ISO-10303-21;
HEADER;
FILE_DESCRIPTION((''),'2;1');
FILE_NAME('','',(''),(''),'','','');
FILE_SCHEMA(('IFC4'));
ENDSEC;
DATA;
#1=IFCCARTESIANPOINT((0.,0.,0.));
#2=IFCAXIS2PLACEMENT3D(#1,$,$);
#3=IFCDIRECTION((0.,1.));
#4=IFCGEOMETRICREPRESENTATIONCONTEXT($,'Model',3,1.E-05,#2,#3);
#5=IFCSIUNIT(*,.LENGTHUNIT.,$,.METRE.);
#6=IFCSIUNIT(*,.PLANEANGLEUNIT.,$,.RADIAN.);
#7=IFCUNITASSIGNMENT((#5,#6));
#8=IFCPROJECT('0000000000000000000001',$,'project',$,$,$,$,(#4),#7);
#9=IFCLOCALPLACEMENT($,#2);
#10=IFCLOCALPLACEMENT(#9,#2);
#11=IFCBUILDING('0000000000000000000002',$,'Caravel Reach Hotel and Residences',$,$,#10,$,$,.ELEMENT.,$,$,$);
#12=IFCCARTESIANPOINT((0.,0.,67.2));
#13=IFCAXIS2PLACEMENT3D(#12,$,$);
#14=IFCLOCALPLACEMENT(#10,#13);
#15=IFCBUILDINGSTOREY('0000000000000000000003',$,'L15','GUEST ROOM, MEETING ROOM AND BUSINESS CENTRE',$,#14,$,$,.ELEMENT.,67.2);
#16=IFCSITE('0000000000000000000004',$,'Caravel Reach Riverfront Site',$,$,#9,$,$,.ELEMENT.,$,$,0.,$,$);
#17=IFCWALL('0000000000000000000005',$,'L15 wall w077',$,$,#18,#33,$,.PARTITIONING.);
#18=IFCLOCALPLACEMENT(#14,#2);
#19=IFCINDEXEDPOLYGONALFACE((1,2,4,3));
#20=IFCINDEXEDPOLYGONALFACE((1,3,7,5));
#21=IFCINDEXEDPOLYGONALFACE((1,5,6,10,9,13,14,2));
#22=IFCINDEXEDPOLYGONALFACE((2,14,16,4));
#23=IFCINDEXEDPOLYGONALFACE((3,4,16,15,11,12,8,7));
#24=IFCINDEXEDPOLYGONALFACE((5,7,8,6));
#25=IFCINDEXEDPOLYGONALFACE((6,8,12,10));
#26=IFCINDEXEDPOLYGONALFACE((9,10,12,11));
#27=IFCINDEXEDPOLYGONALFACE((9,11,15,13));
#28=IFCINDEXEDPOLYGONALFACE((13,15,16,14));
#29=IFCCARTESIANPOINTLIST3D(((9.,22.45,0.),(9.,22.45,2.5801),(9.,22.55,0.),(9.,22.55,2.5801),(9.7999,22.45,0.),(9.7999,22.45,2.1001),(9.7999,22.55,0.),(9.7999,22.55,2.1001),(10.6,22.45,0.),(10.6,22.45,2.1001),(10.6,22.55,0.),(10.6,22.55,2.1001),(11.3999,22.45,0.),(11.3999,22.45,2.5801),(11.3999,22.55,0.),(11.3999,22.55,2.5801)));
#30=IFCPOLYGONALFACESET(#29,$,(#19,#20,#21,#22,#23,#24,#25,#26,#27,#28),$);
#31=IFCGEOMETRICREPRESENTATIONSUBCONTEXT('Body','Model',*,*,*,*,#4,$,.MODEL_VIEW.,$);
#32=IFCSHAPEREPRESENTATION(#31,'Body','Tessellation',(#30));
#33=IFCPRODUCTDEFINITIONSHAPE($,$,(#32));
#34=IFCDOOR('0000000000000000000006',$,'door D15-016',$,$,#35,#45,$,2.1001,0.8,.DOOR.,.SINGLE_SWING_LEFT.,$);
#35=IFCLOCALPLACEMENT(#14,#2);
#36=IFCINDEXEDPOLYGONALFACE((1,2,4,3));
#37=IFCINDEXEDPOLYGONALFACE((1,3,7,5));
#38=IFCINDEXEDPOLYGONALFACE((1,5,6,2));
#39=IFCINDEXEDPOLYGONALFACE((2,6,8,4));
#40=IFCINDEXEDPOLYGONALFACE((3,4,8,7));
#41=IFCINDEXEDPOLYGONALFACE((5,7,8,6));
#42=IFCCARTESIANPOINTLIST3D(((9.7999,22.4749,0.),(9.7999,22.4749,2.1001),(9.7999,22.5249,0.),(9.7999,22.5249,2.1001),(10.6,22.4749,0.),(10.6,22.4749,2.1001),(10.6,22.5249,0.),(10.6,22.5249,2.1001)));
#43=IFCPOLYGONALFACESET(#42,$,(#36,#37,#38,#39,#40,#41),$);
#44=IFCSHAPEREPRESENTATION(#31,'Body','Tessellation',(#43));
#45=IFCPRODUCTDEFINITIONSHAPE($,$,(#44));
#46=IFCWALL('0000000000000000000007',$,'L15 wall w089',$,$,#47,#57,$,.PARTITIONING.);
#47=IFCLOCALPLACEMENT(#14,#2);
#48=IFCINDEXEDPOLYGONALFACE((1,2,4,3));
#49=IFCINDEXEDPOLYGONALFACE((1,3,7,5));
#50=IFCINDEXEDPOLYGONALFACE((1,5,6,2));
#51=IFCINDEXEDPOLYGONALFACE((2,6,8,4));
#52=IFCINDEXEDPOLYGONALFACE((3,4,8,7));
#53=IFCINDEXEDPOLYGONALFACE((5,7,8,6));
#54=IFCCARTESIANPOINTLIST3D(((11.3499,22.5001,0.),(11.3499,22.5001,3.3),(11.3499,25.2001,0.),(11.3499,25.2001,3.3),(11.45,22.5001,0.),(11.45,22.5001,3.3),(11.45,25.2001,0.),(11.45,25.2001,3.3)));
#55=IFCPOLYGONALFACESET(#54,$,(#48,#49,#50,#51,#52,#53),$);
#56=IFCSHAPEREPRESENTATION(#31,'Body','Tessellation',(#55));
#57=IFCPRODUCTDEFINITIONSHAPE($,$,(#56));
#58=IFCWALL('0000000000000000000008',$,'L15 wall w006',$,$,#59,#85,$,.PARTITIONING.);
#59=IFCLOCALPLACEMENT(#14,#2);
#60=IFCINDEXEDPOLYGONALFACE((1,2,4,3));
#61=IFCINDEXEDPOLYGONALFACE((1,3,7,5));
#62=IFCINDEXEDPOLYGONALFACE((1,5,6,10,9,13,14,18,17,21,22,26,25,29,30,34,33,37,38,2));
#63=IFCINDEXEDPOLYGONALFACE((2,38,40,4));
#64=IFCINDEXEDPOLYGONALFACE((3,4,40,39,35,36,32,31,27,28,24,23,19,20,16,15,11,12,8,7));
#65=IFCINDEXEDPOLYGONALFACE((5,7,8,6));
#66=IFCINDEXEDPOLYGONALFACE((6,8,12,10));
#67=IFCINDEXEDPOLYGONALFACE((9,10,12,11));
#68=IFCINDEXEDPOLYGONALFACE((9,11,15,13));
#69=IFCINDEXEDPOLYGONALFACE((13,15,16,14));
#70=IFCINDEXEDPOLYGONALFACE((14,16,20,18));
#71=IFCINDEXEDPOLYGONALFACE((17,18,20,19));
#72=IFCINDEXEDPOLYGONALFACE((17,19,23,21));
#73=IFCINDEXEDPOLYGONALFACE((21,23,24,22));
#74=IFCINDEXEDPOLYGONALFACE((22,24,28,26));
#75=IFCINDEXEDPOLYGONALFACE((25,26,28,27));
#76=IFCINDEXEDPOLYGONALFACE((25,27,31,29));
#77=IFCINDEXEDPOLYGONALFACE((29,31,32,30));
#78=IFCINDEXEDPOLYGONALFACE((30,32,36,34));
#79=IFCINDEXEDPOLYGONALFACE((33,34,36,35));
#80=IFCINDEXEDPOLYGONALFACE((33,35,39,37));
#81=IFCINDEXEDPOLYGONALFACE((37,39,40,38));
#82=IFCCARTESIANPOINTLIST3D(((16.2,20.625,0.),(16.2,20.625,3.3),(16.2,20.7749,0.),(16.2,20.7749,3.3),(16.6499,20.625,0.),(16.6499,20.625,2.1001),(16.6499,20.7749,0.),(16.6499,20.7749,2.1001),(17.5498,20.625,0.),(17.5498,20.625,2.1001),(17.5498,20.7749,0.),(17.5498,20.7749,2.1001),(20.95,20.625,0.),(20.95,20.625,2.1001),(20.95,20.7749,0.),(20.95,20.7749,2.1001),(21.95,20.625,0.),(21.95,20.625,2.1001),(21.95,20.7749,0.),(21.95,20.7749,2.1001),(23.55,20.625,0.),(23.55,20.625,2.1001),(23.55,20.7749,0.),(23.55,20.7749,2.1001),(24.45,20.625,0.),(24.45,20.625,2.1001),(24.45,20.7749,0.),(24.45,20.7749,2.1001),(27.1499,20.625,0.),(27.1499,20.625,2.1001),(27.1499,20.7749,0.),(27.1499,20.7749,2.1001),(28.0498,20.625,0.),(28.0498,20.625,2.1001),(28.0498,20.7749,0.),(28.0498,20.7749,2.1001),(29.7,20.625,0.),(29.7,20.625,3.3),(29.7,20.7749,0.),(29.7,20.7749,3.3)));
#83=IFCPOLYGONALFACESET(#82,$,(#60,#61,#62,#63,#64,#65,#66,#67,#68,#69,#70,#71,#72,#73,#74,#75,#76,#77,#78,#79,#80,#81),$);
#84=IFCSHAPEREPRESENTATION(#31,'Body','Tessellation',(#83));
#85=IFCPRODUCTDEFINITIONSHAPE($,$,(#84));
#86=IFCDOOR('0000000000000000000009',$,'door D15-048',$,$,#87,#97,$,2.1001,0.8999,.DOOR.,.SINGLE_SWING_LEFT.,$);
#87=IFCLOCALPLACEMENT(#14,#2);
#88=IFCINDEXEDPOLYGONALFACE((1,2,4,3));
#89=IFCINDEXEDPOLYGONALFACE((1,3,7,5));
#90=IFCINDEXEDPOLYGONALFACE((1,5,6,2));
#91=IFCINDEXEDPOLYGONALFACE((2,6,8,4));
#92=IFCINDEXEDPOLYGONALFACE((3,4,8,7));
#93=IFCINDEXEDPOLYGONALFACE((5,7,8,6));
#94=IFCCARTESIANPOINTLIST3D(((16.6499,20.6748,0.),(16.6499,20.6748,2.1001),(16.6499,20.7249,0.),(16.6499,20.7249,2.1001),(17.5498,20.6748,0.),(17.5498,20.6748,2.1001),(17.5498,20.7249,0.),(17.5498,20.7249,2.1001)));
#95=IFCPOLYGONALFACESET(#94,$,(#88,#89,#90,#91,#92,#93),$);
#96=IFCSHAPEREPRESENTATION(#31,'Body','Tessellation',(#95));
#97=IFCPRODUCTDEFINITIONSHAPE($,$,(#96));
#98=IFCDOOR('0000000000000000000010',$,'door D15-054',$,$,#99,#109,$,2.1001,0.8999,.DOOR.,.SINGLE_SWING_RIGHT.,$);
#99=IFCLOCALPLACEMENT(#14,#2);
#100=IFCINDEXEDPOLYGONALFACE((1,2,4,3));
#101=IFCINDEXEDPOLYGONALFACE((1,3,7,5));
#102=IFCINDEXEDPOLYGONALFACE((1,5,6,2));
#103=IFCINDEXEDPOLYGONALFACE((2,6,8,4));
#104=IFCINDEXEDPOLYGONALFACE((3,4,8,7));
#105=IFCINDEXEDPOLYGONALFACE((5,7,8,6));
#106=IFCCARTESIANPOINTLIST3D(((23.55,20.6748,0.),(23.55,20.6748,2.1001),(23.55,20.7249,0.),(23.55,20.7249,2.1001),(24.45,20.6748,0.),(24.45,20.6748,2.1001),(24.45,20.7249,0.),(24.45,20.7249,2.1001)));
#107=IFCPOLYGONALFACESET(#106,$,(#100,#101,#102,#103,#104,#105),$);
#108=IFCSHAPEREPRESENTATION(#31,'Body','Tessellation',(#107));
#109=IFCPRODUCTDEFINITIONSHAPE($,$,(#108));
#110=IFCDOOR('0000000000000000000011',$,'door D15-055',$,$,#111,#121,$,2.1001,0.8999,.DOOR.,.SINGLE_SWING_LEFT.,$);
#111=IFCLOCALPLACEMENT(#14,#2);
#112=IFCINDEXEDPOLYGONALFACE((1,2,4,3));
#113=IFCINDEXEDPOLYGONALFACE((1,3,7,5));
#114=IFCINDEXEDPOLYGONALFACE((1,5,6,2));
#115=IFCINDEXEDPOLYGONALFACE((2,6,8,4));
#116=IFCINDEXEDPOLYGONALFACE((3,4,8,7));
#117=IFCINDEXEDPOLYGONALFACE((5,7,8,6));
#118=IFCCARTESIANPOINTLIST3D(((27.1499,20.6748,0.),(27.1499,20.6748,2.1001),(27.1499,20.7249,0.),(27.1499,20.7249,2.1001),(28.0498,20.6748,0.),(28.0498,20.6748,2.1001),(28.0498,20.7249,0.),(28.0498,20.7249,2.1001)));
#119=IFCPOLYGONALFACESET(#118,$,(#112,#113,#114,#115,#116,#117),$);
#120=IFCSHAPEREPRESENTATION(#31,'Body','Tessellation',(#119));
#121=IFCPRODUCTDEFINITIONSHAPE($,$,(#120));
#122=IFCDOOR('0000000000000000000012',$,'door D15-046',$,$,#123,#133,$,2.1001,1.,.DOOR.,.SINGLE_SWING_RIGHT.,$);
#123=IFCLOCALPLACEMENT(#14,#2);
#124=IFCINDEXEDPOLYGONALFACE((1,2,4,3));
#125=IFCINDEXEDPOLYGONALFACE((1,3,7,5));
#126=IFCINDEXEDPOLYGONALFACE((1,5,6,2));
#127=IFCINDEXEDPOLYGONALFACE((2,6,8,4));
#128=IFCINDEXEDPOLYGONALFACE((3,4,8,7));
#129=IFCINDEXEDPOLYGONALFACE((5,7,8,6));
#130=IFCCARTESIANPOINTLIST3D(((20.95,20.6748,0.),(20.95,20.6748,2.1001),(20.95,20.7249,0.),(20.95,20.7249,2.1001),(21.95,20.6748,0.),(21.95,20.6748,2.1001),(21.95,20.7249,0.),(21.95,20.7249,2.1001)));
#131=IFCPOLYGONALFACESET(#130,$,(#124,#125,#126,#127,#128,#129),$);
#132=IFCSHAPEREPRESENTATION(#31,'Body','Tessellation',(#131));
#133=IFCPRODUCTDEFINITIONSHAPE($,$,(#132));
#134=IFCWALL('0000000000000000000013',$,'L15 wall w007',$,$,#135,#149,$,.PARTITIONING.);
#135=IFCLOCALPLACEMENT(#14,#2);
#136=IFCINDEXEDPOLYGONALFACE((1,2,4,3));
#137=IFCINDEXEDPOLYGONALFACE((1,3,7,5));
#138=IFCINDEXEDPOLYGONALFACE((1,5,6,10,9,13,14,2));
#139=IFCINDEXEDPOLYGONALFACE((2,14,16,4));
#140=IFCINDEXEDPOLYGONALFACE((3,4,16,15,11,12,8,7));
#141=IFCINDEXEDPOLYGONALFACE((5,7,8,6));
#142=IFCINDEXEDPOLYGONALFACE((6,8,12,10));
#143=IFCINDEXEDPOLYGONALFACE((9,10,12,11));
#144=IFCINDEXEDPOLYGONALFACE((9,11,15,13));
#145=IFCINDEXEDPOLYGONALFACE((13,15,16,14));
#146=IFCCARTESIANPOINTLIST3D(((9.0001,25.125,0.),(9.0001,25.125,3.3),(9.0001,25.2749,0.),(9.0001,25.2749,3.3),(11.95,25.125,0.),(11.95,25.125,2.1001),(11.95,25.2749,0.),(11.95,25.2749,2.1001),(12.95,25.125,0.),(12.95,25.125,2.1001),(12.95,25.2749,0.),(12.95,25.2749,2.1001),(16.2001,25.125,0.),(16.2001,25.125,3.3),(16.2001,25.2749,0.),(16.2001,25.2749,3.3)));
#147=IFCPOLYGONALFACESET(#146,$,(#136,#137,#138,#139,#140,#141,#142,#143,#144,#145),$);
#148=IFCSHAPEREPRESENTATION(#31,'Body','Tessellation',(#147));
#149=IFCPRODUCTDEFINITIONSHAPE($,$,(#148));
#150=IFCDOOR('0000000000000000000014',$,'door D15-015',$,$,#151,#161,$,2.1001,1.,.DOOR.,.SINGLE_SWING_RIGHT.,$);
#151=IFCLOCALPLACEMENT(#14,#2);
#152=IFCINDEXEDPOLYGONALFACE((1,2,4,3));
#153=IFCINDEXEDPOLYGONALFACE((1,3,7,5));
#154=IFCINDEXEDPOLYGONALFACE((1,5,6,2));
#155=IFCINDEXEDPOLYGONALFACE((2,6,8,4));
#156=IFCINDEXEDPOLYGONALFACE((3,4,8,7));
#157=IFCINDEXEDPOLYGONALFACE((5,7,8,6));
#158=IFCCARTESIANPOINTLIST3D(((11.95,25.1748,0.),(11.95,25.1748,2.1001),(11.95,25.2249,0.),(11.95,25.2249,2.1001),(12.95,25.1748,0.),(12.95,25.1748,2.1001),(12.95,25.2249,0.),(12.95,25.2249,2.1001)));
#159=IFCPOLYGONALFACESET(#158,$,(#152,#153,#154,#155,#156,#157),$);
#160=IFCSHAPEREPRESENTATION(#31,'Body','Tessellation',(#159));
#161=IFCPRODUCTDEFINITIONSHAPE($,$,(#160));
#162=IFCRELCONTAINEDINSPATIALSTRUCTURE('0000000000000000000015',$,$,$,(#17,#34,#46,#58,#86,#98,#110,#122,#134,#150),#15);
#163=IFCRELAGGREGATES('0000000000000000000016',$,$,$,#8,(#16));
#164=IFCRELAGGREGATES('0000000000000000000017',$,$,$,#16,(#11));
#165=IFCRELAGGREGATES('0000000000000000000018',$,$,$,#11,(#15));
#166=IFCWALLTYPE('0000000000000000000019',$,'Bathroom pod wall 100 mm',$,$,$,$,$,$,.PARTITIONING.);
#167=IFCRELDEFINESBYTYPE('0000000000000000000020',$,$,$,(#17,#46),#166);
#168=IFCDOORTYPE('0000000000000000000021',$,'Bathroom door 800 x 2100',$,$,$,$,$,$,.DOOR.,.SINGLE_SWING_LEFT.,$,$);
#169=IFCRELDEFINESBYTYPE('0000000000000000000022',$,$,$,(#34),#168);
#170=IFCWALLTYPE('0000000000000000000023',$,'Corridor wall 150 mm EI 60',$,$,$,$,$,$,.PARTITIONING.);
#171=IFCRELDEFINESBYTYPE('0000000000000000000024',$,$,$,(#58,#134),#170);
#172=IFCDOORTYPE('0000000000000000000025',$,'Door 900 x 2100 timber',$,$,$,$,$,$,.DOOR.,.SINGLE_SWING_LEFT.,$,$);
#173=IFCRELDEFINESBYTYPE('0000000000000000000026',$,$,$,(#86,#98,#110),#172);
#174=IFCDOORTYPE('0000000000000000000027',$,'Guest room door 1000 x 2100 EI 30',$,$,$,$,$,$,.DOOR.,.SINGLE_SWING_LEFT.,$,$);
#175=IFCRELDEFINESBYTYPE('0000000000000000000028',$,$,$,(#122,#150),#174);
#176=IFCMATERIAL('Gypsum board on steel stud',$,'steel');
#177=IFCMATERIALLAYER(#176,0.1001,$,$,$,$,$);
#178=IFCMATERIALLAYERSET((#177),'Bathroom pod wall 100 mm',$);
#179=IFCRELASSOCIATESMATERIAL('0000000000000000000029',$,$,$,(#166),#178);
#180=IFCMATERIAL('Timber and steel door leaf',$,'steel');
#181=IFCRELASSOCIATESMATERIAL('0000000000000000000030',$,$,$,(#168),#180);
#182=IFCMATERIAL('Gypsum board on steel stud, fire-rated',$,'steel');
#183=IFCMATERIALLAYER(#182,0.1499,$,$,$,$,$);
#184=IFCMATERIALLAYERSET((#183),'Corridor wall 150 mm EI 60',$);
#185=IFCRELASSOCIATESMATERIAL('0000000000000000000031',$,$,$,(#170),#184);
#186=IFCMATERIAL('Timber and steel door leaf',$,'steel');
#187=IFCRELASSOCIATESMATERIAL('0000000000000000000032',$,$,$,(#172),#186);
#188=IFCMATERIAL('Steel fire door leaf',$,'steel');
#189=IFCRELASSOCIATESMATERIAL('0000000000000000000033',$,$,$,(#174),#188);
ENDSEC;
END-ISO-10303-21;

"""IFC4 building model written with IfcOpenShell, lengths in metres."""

from ifc_helpers import new_model, si_unit, direction, frame, frame_2d, origin, place, context, subcontext, project, spatial, rectangle, extrude, material, layer, layer_set, type_object, element, fill, save


model = new_model("IFC4")

# Units and contexts
model_context = context("Model", 3, precision=1e-05, world=origin(), true_north=direction((0.0, 1.0)))
body_context = subcontext(model_context, "Body", "Model", "MODEL_VIEW")
ifc_project = project(units=[si_unit("LENGTHUNIT", "METRE"), si_unit("PLANEANGLEUNIT", "RADIAN")], contexts=[model_context])

# Site, building, storey
site_placement = place(None, origin())
site = spatial("IfcSite", under=ifc_project, at=site_placement, Name="Caravel Reach Riverfront Site", CompositionType="ELEMENT", RefElevation=0.0)
building_placement = place(site_placement, origin())
building = spatial("IfcBuilding", under=site, at=building_placement, Name="Caravel Reach Hotel and Residences", CompositionType="ELEMENT")
storey_placement = place(building_placement, frame((0.0, 0.0, 67.2)))
storey = spatial("IfcBuildingStorey", under=building, at=storey_placement, Name="L15", Description="GUEST ROOM, MEETING ROOM AND BUSINESS CENTRE", CompositionType="ELEMENT", Elevation=67.2)

# Wall, opening, door
ifc_material_1 = material(Name="Gypsum board on steel stud", Category="steel")
ifc_layer_1 = layer(ifc_material_1, 0.1001)
ifc_layer_set_1 = layer_set([ifc_layer_1], Name="Bathroom pod wall 100 mm")
wall_type_1 = type_object("IfcWallType", Name="Bathroom pod wall 100 mm", PredefinedType="PARTITIONING", material=ifc_layer_set_1)
wall_1_placement = place(storey_placement, frame((9.0, 22.5, 0.0), z_axis=(0.0, 0.0, 1.0), x_axis=(1.0, 0.0, 0.0)))
wall_1 = element("IfcWall", 1, at=wall_1_placement, inside=storey, type_object=wall_type_1, Name="L15 wall w077", PredefinedType="PARTITIONING", context=body_context, shape_type="SweptSolid", body=[
    extrude(rectangle(XDim=2.3999, YDim=0.1001, at=frame_2d((1.2, 0.0))), origin(), (0.0, 0.0, 1.0), 2.5801),
])
opening_1_placement = place(wall_1_placement, frame((0.8, 0.0, 0.0)))
opening_1 = element("IfcOpeningElement", 2, at=opening_1_placement, cuts=wall_1, PredefinedType="OPENING", context=body_context, shape_type="SweptSolid", body=[
    extrude(rectangle(XDim=0.8, YDim=2.1001, at=frame_2d((0.3999, 1.05))), frame((0.0, 0.0601, 0.0), z_axis=(0.0, -1.0, 0.0), x_axis=(1.0, 0.0, 0.0)), (0.0, 0.0, 1.0), 0.1201),
])
ifc_material_2 = material(Name="Timber and steel door leaf", Category="steel")
door_type_1 = type_object("IfcDoorType", Name="Bathroom door 800 x 2100", OperationType="SINGLE_SWING_LEFT", PredefinedType="DOOR", material=ifc_material_2)
door_1_placement = place(opening_1_placement, origin())
door_1 = element("IfcDoor", 3, at=door_1_placement, inside=storey, type_object=door_type_1, Name="door D15-016", OperationType="SINGLE_SWING_LEFT", OverallHeight=2.1001, OverallWidth=0.8, PredefinedType="DOOR", context=body_context, shape_type="SweptSolid", body=[
    extrude(rectangle(XDim=0.8, YDim=2.1001, at=frame_2d((0.3999, 1.05))), frame((0.0, 0.0249, 0.0), z_axis=(0.0, -1.0, 0.0), x_axis=(1.0, 0.0, 0.0)), (0.0, 0.0, 1.0), 0.05),
])
fill(opening_1, door_1)

# Wall
wall_2_placement = place(storey_placement, frame((11.3999, 22.5, 0.0), z_axis=(0.0, 0.0, 1.0), x_axis=(0.0, 1.0, 0.0)))
element("IfcWall", 4, at=wall_2_placement, inside=storey, type_object=wall_type_1, Name="L15 wall w089", PredefinedType="PARTITIONING", context=body_context, shape_type="SweptSolid", body=[
    extrude(rectangle(XDim=2.7, YDim=0.1001, at=frame_2d((1.3501, 0.0))), origin(), (0.0, 0.0, 1.0), 3.3),
])

# Wall, openings, doors
ifc_material_3 = material(Name="Gypsum board on steel stud, fire-rated", Category="steel")
ifc_layer_2 = layer(ifc_material_3, 0.1499)
ifc_layer_set_2 = layer_set([ifc_layer_2], Name="Corridor wall 150 mm EI 60")
wall_type_2 = type_object("IfcWallType", Name="Corridor wall 150 mm EI 60", PredefinedType="PARTITIONING", material=ifc_layer_set_2)
wall_3_placement = place(storey_placement, frame((16.2, 20.7, 0.0), z_axis=(0.0, 0.0, 1.0), x_axis=(1.0, 0.0, 0.0)))
wall_3 = element("IfcWall", 5, at=wall_3_placement, inside=storey, type_object=wall_type_2, Name="L15 wall w006", PredefinedType="PARTITIONING", context=body_context, shape_type="SweptSolid", body=[
    extrude(rectangle(XDim=13.5, YDim=0.1499, at=frame_2d((6.75, 0.0))), origin(), (0.0, 0.0, 1.0), 3.3),
])
opening_2_placement = place(wall_3_placement, frame((4.75, 0.0, 0.0)))
opening_2 = element("IfcOpeningElement", 6, at=opening_2_placement, cuts=wall_3, PredefinedType="OPENING", context=body_context, shape_type="SweptSolid", body=[
    extrude(rectangle(XDim=1.0, YDim=2.1001, at=frame_2d((0.5, 1.05))), frame((0.0, 0.085, 0.0), z_axis=(0.0, -1.0, 0.0), x_axis=(1.0, 0.0, 0.0)), (0.0, 0.0, 1.0), 0.1699),
])
opening_3_placement = place(wall_3_placement, frame((0.45, 0.0, 0.0)))
opening_3 = element("IfcOpeningElement", 7, at=opening_3_placement, cuts=wall_3, PredefinedType="OPENING", context=body_context, shape_type="SweptSolid", body=[
    extrude(rectangle(XDim=0.8999, YDim=2.1001, at=frame_2d((0.45, 1.05))), frame((0.0, 0.085, 0.0), z_axis=(0.0, -1.0, 0.0), x_axis=(1.0, 0.0, 0.0)), (0.0, 0.0, 1.0), 0.1699),
])
opening_4_placement = place(wall_3_placement, frame((7.3501, 0.0, 0.0)))
opening_4 = element("IfcOpeningElement", 8, at=opening_4_placement, cuts=wall_3, PredefinedType="OPENING", context=body_context, shape_type="SweptSolid", body=[
    extrude(rectangle(XDim=0.8999, YDim=2.1001, at=frame_2d((0.45, 1.05))), frame((0.0, 0.085, 0.0), z_axis=(0.0, -1.0, 0.0), x_axis=(1.0, 0.0, 0.0)), (0.0, 0.0, 1.0), 0.1699),
])
opening_5_placement = place(wall_3_placement, frame((10.95, 0.0, 0.0)))
opening_5 = element("IfcOpeningElement", 9, at=opening_5_placement, cuts=wall_3, PredefinedType="OPENING", context=body_context, shape_type="SweptSolid", body=[
    extrude(rectangle(XDim=0.8999, YDim=2.1001, at=frame_2d((0.45, 1.05))), frame((0.0, 0.085, 0.0), z_axis=(0.0, -1.0, 0.0), x_axis=(1.0, 0.0, 0.0)), (0.0, 0.0, 1.0), 0.1699),
])
ifc_material_4 = material(Name="Timber and steel door leaf", Category="steel")
door_type_2 = type_object("IfcDoorType", Name="Door 900 x 2100 timber", OperationType="SINGLE_SWING_LEFT", PredefinedType="DOOR", material=ifc_material_4)
door_2_placement = place(opening_3_placement, origin())
door_2 = element("IfcDoor", 10, at=door_2_placement, inside=storey, type_object=door_type_2, Name="door D15-048", OperationType="SINGLE_SWING_LEFT", OverallHeight=2.1001, OverallWidth=0.8999, PredefinedType="DOOR", context=body_context, shape_type="SweptSolid", body=[
    extrude(rectangle(XDim=0.8999, YDim=2.1001, at=frame_2d((0.45, 1.05))), frame((0.0, 0.0249, 0.0), z_axis=(0.0, -1.0, 0.0), x_axis=(1.0, 0.0, 0.0)), (0.0, 0.0, 1.0), 0.05),
])
fill(opening_3, door_2)
door_3_placement = place(opening_4_placement, origin())
door_3 = element("IfcDoor", 11, at=door_3_placement, inside=storey, type_object=door_type_2, Name="door D15-054", OperationType="SINGLE_SWING_RIGHT", OverallHeight=2.1001, OverallWidth=0.8999, PredefinedType="DOOR", context=body_context, shape_type="SweptSolid", body=[
    extrude(rectangle(XDim=0.8999, YDim=2.1001, at=frame_2d((0.45, 1.05))), frame((0.0, 0.0249, 0.0), z_axis=(0.0, -1.0, 0.0), x_axis=(1.0, 0.0, 0.0)), (0.0, 0.0, 1.0), 0.05),
])
fill(opening_4, door_3)
door_4_placement = place(opening_5_placement, origin())
door_4 = element("IfcDoor", 12, at=door_4_placement, inside=storey, type_object=door_type_2, Name="door D15-055", OperationType="SINGLE_SWING_LEFT", OverallHeight=2.1001, OverallWidth=0.8999, PredefinedType="DOOR", context=body_context, shape_type="SweptSolid", body=[
    extrude(rectangle(XDim=0.8999, YDim=2.1001, at=frame_2d((0.45, 1.05))), frame((0.0, 0.0249, 0.0), z_axis=(0.0, -1.0, 0.0), x_axis=(1.0, 0.0, 0.0)), (0.0, 0.0, 1.0), 0.05),
])
fill(opening_5, door_4)
ifc_material_5 = material(Name="Steel fire door leaf", Category="steel")
door_type_3 = type_object("IfcDoorType", Name="Guest room door 1000 x 2100 EI 30", OperationType="SINGLE_SWING_LEFT", PredefinedType="DOOR", material=ifc_material_5)
door_5_placement = place(opening_2_placement, origin())
door_5 = element("IfcDoor", 13, at=door_5_placement, inside=storey, type_object=door_type_3, Name="door D15-046", OperationType="SINGLE_SWING_RIGHT", OverallHeight=2.1001, OverallWidth=1.0, PredefinedType="DOOR", context=body_context, shape_type="SweptSolid", body=[
    extrude(rectangle(XDim=1.0, YDim=2.1001, at=frame_2d((0.5, 1.05))), frame((0.0, 0.0249, 0.0), z_axis=(0.0, -1.0, 0.0), x_axis=(1.0, 0.0, 0.0)), (0.0, 0.0, 1.0), 0.05),
])
fill(opening_2, door_5)

# Wall, opening, door
wall_4_placement = place(storey_placement, frame((9.0, 25.2, 0.0), z_axis=(0.0, 0.0, 1.0), x_axis=(1.0, 0.0, 0.0)))
wall_4 = element("IfcWall", 14, at=wall_4_placement, inside=storey, type_object=wall_type_2, Name="L15 wall w007", PredefinedType="PARTITIONING", context=body_context, shape_type="SweptSolid", body=[
    extrude(rectangle(XDim=7.2, YDim=0.1499, at=frame_2d((3.6001, 0.0))), origin(), (0.0, 0.0, 1.0), 3.3),
])
opening_6_placement = place(wall_4_placement, frame((2.95, 0.0, 0.0)))
opening_6 = element("IfcOpeningElement", 15, at=opening_6_placement, cuts=wall_4, PredefinedType="OPENING", context=body_context, shape_type="SweptSolid", body=[
    extrude(rectangle(XDim=1.0, YDim=2.1001, at=frame_2d((0.5, 1.05))), frame((0.0, 0.085, 0.0), z_axis=(0.0, -1.0, 0.0), x_axis=(1.0, 0.0, 0.0)), (0.0, 0.0, 1.0), 0.1699),
])
door_6_placement = place(opening_6_placement, origin())
door_6 = element("IfcDoor", 16, at=door_6_placement, inside=storey, type_object=door_type_3, Name="door D15-015", OperationType="SINGLE_SWING_RIGHT", OverallHeight=2.1001, OverallWidth=1.0, PredefinedType="DOOR", context=body_context, shape_type="SweptSolid", body=[
    extrude(rectangle(XDim=1.0, YDim=2.1001, at=frame_2d((0.5, 1.05))), frame((0.0, 0.0249, 0.0), z_axis=(0.0, -1.0, 0.0), x_axis=(1.0, 0.0, 0.0)), (0.0, 0.0, 1.0), 0.05),
])
fill(opening_6, door_6)

save(model, "model.ifc")
